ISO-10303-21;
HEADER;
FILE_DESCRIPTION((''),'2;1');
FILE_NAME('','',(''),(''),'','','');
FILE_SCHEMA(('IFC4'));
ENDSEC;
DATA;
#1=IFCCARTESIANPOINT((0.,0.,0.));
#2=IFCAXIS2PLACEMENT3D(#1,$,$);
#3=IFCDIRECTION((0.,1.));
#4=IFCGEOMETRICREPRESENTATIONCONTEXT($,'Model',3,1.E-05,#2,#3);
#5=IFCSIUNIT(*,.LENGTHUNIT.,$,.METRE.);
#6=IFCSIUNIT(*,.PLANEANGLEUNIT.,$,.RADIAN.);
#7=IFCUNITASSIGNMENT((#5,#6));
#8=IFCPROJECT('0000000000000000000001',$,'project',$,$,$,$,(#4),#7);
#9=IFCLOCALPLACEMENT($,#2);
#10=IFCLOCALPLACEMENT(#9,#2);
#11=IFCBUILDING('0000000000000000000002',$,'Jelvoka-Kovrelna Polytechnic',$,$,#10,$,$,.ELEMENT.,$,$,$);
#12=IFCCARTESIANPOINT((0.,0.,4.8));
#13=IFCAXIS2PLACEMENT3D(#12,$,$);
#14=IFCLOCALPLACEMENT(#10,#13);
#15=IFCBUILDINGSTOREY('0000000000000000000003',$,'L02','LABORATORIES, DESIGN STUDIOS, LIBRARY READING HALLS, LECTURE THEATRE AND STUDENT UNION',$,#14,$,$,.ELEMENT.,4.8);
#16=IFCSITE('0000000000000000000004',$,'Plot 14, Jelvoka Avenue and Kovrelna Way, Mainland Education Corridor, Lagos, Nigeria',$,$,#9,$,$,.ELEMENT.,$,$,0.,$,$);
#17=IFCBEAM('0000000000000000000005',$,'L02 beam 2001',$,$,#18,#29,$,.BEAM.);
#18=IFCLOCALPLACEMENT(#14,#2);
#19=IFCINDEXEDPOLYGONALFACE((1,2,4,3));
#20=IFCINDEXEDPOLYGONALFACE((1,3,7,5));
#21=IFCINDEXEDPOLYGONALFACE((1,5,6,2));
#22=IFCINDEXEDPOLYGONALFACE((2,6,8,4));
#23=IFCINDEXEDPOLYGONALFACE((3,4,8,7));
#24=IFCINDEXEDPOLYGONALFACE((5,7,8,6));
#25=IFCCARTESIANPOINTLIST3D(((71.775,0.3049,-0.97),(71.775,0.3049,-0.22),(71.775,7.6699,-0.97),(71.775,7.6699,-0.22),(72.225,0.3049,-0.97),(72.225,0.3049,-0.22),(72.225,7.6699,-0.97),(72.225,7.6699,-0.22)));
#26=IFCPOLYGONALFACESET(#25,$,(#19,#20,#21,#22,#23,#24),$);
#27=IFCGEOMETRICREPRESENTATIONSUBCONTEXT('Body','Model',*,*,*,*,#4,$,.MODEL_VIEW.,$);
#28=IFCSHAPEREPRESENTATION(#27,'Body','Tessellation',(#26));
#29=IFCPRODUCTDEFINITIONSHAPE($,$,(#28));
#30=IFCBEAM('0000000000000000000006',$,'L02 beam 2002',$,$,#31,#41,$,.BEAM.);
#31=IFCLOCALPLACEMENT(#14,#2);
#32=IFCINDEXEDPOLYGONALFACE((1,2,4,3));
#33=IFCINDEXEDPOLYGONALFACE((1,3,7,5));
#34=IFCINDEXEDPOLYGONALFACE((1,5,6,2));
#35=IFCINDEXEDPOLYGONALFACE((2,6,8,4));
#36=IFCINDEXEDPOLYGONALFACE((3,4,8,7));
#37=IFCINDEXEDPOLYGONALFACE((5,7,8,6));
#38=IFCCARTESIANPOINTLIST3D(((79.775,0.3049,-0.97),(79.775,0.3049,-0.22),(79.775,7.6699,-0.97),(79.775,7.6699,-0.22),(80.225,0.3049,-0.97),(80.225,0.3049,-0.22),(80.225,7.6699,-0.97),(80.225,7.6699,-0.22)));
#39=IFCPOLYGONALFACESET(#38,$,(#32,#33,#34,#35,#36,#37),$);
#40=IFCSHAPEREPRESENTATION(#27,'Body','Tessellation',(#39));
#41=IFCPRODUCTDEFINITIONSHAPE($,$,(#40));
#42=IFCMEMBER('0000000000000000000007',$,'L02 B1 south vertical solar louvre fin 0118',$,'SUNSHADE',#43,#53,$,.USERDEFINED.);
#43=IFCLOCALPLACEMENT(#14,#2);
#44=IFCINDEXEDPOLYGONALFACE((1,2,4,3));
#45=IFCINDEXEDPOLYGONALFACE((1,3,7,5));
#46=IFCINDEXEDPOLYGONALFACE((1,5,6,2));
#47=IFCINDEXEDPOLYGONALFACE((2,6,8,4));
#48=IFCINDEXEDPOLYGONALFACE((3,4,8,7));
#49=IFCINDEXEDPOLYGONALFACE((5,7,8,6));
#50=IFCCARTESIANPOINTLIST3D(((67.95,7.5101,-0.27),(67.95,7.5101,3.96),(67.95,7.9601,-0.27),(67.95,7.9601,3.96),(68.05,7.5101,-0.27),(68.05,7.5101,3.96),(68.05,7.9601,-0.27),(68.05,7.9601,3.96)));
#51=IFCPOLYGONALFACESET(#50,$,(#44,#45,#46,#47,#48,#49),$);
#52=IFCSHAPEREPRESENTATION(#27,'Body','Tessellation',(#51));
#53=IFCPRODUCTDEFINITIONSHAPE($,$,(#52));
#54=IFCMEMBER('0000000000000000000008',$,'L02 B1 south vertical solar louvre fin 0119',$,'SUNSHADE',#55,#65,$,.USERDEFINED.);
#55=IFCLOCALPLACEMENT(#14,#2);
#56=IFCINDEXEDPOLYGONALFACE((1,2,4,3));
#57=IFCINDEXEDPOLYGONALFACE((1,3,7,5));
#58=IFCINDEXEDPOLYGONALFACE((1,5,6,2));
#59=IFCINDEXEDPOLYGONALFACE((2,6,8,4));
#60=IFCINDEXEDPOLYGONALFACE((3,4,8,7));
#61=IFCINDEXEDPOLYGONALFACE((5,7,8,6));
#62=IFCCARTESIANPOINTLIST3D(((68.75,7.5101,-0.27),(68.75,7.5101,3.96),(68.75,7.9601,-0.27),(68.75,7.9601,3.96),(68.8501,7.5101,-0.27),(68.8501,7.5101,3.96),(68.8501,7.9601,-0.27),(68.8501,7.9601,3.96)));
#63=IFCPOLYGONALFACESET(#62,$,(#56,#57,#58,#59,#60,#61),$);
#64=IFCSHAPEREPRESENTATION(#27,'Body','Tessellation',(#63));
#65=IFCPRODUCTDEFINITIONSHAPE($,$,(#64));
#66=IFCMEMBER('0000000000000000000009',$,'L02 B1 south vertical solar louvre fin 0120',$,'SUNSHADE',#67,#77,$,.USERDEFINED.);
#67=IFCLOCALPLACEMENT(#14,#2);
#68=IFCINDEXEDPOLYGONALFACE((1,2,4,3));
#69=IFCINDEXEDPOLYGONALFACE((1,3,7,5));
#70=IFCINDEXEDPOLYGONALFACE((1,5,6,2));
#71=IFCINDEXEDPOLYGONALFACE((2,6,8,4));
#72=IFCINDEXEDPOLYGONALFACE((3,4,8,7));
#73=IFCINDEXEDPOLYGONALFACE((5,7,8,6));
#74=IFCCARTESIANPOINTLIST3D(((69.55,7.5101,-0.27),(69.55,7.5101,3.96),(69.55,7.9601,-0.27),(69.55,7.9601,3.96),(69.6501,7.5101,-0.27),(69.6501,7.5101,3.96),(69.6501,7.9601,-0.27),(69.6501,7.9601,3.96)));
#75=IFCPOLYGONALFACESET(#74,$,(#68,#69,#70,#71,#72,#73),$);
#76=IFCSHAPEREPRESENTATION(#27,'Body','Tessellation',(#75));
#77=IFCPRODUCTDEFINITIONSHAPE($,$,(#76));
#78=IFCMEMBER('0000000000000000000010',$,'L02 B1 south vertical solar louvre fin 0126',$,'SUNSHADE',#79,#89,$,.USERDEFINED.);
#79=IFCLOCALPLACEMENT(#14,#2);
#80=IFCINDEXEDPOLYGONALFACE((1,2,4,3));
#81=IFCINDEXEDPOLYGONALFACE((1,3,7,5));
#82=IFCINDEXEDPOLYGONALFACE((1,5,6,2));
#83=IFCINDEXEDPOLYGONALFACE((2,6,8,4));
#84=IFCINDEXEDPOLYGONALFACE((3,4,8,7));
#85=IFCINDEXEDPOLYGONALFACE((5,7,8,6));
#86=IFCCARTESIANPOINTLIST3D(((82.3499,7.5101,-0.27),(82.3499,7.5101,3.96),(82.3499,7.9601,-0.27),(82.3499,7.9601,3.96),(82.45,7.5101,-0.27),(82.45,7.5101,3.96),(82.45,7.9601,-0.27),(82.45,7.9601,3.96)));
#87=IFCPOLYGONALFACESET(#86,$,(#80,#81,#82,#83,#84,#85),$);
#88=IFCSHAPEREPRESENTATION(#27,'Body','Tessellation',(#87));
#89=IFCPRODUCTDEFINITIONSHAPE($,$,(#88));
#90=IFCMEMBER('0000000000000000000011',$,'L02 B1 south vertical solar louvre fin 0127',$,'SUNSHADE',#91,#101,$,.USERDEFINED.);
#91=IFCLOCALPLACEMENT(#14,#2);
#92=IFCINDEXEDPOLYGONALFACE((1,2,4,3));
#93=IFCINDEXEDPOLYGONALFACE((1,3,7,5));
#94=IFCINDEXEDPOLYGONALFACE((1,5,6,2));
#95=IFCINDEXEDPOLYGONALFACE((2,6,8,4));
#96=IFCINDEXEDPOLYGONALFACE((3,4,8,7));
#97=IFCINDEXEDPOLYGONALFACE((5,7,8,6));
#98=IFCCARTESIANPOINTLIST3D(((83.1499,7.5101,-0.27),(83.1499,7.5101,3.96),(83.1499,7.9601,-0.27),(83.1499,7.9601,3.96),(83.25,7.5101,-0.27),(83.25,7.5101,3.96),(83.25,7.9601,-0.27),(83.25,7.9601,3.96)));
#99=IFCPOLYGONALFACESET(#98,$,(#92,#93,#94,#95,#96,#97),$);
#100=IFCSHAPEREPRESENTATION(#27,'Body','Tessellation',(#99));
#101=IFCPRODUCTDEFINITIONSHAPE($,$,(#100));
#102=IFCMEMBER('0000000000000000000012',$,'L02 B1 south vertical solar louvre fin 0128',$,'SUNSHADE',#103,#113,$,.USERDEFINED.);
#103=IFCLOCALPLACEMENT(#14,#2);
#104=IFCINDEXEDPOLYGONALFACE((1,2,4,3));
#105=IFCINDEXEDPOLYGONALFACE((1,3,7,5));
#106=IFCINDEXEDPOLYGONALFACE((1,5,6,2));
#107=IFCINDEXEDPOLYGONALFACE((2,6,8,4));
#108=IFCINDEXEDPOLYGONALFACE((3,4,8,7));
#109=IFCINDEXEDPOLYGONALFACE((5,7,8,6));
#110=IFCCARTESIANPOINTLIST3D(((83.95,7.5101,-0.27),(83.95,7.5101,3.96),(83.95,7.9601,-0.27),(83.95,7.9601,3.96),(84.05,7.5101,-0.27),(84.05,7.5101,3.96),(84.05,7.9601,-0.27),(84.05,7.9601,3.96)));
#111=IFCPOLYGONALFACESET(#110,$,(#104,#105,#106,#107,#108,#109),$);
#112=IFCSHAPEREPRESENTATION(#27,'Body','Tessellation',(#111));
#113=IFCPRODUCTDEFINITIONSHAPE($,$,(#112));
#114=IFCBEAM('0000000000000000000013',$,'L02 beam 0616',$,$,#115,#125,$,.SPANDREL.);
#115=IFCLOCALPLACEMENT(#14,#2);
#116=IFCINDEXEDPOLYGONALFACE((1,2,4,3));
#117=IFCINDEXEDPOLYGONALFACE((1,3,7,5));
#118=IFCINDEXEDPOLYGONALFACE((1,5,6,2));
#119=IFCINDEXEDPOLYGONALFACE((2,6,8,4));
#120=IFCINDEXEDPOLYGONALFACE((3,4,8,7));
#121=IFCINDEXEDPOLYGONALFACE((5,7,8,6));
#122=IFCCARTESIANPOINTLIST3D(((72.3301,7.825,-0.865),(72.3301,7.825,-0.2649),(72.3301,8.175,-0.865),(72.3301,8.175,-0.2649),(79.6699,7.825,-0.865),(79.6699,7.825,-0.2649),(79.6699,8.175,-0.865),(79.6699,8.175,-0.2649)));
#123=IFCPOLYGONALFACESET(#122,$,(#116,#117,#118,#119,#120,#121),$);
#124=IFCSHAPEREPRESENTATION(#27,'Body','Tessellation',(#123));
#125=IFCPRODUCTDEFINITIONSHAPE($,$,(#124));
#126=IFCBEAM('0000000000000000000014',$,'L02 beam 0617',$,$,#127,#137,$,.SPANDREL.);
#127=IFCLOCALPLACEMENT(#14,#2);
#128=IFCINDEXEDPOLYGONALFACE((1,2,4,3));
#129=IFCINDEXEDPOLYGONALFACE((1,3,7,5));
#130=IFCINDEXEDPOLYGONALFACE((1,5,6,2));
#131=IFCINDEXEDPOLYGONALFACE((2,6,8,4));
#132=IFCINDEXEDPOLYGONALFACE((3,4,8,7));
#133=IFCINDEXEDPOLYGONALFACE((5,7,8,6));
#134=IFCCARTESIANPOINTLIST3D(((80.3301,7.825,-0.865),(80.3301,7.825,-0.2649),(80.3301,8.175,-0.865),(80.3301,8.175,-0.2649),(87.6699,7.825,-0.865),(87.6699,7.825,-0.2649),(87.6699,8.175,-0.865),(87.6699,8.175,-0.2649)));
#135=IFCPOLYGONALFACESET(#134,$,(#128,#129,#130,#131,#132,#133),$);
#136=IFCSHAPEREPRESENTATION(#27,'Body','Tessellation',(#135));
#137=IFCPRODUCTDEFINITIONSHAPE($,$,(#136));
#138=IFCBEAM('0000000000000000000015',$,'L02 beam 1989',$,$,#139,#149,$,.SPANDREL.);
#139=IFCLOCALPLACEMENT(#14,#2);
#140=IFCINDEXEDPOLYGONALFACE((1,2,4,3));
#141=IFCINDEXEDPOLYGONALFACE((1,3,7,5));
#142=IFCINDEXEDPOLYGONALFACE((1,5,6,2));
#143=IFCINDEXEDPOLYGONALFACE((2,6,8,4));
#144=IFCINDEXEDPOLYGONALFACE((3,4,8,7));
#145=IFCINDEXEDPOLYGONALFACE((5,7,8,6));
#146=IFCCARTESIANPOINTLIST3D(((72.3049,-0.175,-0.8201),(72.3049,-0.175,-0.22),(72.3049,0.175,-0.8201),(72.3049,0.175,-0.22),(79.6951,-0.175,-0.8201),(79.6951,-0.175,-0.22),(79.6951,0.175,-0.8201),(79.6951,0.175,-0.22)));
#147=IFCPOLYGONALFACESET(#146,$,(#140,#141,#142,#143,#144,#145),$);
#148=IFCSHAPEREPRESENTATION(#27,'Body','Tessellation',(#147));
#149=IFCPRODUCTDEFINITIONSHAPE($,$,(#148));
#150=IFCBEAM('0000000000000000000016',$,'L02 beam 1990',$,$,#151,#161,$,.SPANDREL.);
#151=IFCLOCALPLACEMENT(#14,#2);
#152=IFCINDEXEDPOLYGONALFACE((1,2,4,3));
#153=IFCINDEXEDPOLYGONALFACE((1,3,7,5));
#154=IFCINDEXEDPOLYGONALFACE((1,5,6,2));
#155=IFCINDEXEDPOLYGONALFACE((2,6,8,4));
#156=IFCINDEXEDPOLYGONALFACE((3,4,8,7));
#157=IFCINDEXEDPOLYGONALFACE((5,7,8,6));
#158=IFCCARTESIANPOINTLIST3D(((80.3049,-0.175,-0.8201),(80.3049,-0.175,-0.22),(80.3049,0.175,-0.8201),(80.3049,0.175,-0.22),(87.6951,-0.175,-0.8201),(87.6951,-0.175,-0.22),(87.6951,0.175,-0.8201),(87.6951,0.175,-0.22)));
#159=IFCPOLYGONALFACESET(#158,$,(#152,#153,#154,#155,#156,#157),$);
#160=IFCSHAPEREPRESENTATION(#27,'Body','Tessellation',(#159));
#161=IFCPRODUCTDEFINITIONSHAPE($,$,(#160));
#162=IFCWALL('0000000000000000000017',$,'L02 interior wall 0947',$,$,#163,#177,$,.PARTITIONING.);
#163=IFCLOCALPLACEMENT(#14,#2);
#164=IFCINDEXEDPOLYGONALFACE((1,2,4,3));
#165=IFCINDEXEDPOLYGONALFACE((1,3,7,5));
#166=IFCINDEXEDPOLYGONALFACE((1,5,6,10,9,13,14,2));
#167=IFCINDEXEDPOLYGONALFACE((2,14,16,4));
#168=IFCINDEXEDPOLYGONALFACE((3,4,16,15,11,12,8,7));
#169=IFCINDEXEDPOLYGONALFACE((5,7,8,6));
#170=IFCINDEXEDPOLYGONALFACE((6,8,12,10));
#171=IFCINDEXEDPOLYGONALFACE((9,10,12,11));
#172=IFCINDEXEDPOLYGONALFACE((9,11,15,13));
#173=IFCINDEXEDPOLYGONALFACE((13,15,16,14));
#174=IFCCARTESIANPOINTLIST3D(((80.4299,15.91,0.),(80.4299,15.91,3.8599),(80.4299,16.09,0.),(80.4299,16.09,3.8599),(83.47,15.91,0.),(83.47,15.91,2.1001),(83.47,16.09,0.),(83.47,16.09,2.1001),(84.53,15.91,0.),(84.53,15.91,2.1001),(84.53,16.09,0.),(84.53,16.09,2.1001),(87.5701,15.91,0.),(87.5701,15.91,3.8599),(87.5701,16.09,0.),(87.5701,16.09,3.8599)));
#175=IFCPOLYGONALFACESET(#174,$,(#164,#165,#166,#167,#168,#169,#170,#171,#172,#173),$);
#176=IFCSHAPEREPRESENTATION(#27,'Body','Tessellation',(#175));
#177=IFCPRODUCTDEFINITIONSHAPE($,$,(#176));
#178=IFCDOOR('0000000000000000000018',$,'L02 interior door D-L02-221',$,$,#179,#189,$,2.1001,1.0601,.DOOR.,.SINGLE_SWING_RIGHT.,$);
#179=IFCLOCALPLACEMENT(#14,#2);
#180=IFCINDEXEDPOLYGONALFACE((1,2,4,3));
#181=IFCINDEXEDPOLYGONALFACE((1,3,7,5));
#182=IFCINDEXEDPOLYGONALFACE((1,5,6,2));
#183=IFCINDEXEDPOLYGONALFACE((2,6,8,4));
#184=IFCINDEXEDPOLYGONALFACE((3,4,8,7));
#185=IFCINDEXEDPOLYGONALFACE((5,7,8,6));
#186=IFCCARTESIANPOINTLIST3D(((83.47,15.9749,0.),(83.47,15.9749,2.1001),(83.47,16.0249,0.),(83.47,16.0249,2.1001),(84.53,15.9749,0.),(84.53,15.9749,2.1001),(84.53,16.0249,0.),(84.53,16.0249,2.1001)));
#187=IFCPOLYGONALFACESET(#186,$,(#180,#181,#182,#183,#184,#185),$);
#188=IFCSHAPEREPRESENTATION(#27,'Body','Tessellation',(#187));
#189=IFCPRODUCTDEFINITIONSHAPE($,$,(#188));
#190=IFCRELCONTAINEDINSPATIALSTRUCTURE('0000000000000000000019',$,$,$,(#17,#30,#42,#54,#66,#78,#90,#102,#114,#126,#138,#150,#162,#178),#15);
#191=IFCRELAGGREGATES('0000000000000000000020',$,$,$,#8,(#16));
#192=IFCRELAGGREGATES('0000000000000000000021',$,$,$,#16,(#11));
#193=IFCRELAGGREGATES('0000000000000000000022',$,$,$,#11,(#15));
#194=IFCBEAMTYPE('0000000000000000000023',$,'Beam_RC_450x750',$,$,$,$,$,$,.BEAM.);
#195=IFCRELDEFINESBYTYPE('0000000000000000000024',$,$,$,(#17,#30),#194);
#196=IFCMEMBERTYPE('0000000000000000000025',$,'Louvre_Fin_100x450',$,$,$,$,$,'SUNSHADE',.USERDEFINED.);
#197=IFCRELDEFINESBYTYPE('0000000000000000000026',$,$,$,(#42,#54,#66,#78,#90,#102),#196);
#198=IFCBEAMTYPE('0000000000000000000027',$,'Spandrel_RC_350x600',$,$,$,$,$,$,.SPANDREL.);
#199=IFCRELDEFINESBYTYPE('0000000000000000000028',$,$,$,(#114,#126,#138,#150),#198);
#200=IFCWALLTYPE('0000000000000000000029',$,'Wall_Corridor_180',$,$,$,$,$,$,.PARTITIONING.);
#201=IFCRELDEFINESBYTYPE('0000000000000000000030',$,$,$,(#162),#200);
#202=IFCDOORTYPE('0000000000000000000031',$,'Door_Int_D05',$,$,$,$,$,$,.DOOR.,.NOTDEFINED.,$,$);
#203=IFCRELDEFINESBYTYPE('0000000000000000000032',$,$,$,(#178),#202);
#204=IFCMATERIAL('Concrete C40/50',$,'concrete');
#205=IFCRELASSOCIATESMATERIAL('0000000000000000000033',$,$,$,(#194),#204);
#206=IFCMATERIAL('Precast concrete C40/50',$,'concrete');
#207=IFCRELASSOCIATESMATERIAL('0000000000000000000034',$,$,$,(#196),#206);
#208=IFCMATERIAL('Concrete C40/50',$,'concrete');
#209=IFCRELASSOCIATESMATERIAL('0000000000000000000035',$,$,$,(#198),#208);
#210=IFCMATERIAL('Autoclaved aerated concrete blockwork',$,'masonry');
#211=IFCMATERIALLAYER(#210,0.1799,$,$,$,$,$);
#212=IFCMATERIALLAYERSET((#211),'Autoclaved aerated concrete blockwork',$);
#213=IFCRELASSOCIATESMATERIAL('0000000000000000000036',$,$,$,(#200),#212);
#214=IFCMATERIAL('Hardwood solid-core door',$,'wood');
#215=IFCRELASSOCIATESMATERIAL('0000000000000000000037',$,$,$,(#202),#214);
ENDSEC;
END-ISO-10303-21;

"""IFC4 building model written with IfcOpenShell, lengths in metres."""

from ifc_helpers import new_model, si_unit, direction, frame, frame_2d, origin, origin_2d, place, context, subcontext, project, spatial, rectangle, extrude, material, layer, layer_set, material_profile, profile_set, type_object, element, fill, save


model = new_model("IFC4")

# Units and contexts
model_context = context("Model", 3, precision=1e-05, world=origin(), true_north=direction((0.0, 1.0)))
body_context = subcontext(model_context, "Body", "Model", "MODEL_VIEW")
ifc_project = project(units=[si_unit("LENGTHUNIT", "METRE"), si_unit("PLANEANGLEUNIT", "RADIAN")], contexts=[model_context])

# Site, building, storey
site_placement = place(None, origin())
site = spatial("IfcSite", under=ifc_project, at=site_placement, Name="Plot 14, Jelvoka Avenue and Kovrelna Way, Mainland Education Corridor, Lagos, Nigeria", CompositionType="ELEMENT", RefElevation=0.0)
building_placement = place(site_placement, origin())
building = spatial("IfcBuilding", under=site, at=building_placement, Name="Jelvoka-Kovrelna Polytechnic", CompositionType="ELEMENT")
storey_placement = place(building_placement, frame((0.0, 0.0, 4.8)))
storey = spatial("IfcBuildingStorey", under=building, at=storey_placement, Name="L02", Description="LABORATORIES, DESIGN STUDIOS, LIBRARY READING HALLS, LECTURE THEATRE AND STUDENT UNION", CompositionType="ELEMENT", Elevation=4.8)

# Beams
ifc_material_1 = material(Name="Concrete C40/50", Category="concrete")
ifc_material_profile_1 = material_profile(ifc_material_1, rectangle(XDim=0.45, YDim=0.75, at=origin_2d()), Name="RC 450x750")
ifc_profile_set_1 = profile_set([ifc_material_profile_1], Name="Concrete C40/50")
beam_type_1 = type_object("IfcBeamType", Name="Beam_RC_450x750", PredefinedType="BEAM", material=ifc_profile_set_1)
for number, where, z_axis, x_axis, name in (
    (1, (72.0, 0.3049, -0.595), (0.0, 1.0, 0.0), (-1.0, 0.0, 0.0), "L02 beam 2001"),
    (2, (80.0, 0.3049, -0.595), (0.0, 1.0, 0.0), (-1.0, 0.0, 0.0), "L02 beam 2002"),
):
    element("IfcBeam", number, at=place(storey_placement, frame(where, z_axis=z_axis, x_axis=x_axis)), inside=storey, type_object=beam_type_1, Name=name, PredefinedType="BEAM", context=body_context, shape_type="SweptSolid", body=[
        extrude(rectangle(XDim=0.45, YDim=0.75, at=origin_2d()), origin(), (0.0, 0.0, 1.0), 7.365),
    ])

# Members
ifc_material_2 = material(Name="Precast concrete C40/50", Category="concrete")
ifc_material_profile_2 = material_profile(ifc_material_2, rectangle(XDim=0.1001, YDim=0.45, at=origin_2d()), Name="PC 100x450")
ifc_profile_set_2 = profile_set([ifc_material_profile_2], Name="Precast concrete C40/50")
member_type = type_object("IfcMemberType", Name="Louvre_Fin_100x450", ElementType="SUNSHADE", PredefinedType="USERDEFINED", material=ifc_profile_set_2)
for number, where, z_axis, x_axis, name in (
    (3, (68.0, 7.7351, -0.27), (0.0, 0.0, 1.0), (1.0, 0.0, 0.0), "L02 B1 south vertical solar louvre fin 0118"),
    (4, (68.8, 7.7351, -0.27), (0.0, 0.0, 1.0), (1.0, 0.0, 0.0), "L02 B1 south vertical solar louvre fin 0119"),
    (5, (69.6001, 7.7351, -0.27), (0.0, 0.0, 1.0), (1.0, 0.0, 0.0), "L02 B1 south vertical solar louvre fin 0120"),
    (6, (82.3999, 7.7351, -0.27), (0.0, 0.0, 1.0), (1.0, 0.0, 0.0), "L02 B1 south vertical solar louvre fin 0126"),
    (7, (83.2, 7.7351, -0.27), (0.0, 0.0, 1.0), (1.0, 0.0, 0.0), "L02 B1 south vertical solar louvre fin 0127"),
    (8, (84.0, 7.7351, -0.27), (0.0, 0.0, 1.0), (1.0, 0.0, 0.0), "L02 B1 south vertical solar louvre fin 0128"),
):
    element("IfcMember", number, at=place(storey_placement, frame(where, z_axis=z_axis, x_axis=x_axis)), inside=storey, type_object=member_type, Name=name, ObjectType="SUNSHADE", PredefinedType="USERDEFINED", context=body_context, shape_type="SweptSolid", body=[
        extrude(rectangle(XDim=0.1001, YDim=0.45, at=origin_2d()), origin(), (0.0, 0.0, 1.0), 4.23),
    ])

# Beams
ifc_material_3 = material(Name="Concrete C40/50", Category="concrete")
ifc_material_profile_3 = material_profile(ifc_material_3, rectangle(XDim=0.3501, YDim=0.6001, at=origin_2d()), Name="RC 350x600")
ifc_profile_set_3 = profile_set([ifc_material_profile_3], Name="Concrete C40/50")
beam_type_2 = type_object("IfcBeamType", Name="Spandrel_RC_350x600", PredefinedType="SPANDREL", material=ifc_profile_set_3)
for number, where, z_axis, x_axis, name in (
    (9, (72.3301, 8.0, -0.5649), (1.0, 0.0, 0.0), (0.0, 1.0, 0.0), "L02 beam 0616"),
    (10, (80.3301, 8.0, -0.5649), (1.0, 0.0, 0.0), (0.0, 1.0, 0.0), "L02 beam 0617"),
):
    element("IfcBeam", number, at=place(storey_placement, frame(where, z_axis=z_axis, x_axis=x_axis)), inside=storey, type_object=beam_type_2, Name=name, PredefinedType="SPANDREL", context=body_context, shape_type="SweptSolid", body=[
        extrude(rectangle(XDim=0.3501, YDim=0.6001, at=origin_2d()), origin(), (0.0, 0.0, 1.0), 7.3398),
    ])
for number, where, z_axis, x_axis, name in (
    (11, (72.3049, 0.0, -0.52), (1.0, 0.0, 0.0), (0.0, 1.0, 0.0), "L02 beam 1989"),
    (12, (80.3049, 0.0, -0.52), (1.0, 0.0, 0.0), (0.0, 1.0, 0.0), "L02 beam 1990"),
):
    element("IfcBeam", number, at=place(storey_placement, frame(where, z_axis=z_axis, x_axis=x_axis)), inside=storey, type_object=beam_type_2, Name=name, PredefinedType="SPANDREL", context=body_context, shape_type="SweptSolid", body=[
        extrude(rectangle(XDim=0.3501, YDim=0.6001, at=origin_2d()), origin(), (0.0, 0.0, 1.0), 7.3901),
    ])

# Wall, opening, door
ifc_material_4 = material(Name="Autoclaved aerated concrete blockwork", Category="masonry")
ifc_layer_1 = layer(ifc_material_4, 0.1799)
ifc_layer_set_1 = layer_set([ifc_layer_1], Name="Autoclaved aerated concrete blockwork")
wall_type_1 = type_object("IfcWallType", Name="Wall_Corridor_180", PredefinedType="PARTITIONING", material=ifc_layer_set_1)
wall_1_placement = place(storey_placement, frame((80.4299, 16.0, 0.0), z_axis=(0.0, 0.0, 1.0), x_axis=(1.0, 0.0, 0.0)))
wall_1 = element("IfcWall", 13, at=wall_1_placement, inside=storey, type_object=wall_type_1, Name="L02 interior wall 0947", PredefinedType="PARTITIONING", context=body_context, shape_type="SweptSolid", body=[
    extrude(rectangle(XDim=7.1401, YDim=0.1799, at=frame_2d((3.5701, 0.0))), origin(), (0.0, 0.0, 1.0), 3.8599),
])
opening_1_placement = place(wall_1_placement, frame((3.04, 0.0, 0.0)))
opening_1 = element("IfcOpeningElement", 14, at=opening_1_placement, cuts=wall_1, PredefinedType="OPENING", context=body_context, shape_type="SweptSolid", body=[
    extrude(rectangle(XDim=1.0601, YDim=2.1001, at=frame_2d((0.53, 1.05))), frame((0.0, 0.0999, 0.0), z_axis=(0.0, -1.0, 0.0), x_axis=(1.0, 0.0, 0.0)), (0.0, 0.0, 1.0), 0.2),
])
ifc_material_5 = material(Name="Hardwood solid-core door", Category="wood")
door_type_1 = type_object("IfcDoorType", Name="Door_Int_D05", OperationType="NOTDEFINED", PredefinedType="DOOR", material=ifc_material_5)
door_1_placement = place(opening_1_placement, origin())
door_1 = element("IfcDoor", 15, at=door_1_placement, inside=storey, type_object=door_type_1, Name="L02 interior door D-L02-221", OperationType="SINGLE_SWING_RIGHT", OverallHeight=2.1001, OverallWidth=1.0601, PredefinedType="DOOR", context=body_context, shape_type="SweptSolid", body=[
    extrude(rectangle(XDim=1.0601, YDim=2.1001, at=frame_2d((0.53, 1.05))), frame((0.0, 0.0249, 0.0), z_axis=(0.0, -1.0, 0.0), x_axis=(1.0, 0.0, 0.0)), (0.0, 0.0, 1.0), 0.05),
])
fill(opening_1, door_1)

save(model, "model.ifc")
